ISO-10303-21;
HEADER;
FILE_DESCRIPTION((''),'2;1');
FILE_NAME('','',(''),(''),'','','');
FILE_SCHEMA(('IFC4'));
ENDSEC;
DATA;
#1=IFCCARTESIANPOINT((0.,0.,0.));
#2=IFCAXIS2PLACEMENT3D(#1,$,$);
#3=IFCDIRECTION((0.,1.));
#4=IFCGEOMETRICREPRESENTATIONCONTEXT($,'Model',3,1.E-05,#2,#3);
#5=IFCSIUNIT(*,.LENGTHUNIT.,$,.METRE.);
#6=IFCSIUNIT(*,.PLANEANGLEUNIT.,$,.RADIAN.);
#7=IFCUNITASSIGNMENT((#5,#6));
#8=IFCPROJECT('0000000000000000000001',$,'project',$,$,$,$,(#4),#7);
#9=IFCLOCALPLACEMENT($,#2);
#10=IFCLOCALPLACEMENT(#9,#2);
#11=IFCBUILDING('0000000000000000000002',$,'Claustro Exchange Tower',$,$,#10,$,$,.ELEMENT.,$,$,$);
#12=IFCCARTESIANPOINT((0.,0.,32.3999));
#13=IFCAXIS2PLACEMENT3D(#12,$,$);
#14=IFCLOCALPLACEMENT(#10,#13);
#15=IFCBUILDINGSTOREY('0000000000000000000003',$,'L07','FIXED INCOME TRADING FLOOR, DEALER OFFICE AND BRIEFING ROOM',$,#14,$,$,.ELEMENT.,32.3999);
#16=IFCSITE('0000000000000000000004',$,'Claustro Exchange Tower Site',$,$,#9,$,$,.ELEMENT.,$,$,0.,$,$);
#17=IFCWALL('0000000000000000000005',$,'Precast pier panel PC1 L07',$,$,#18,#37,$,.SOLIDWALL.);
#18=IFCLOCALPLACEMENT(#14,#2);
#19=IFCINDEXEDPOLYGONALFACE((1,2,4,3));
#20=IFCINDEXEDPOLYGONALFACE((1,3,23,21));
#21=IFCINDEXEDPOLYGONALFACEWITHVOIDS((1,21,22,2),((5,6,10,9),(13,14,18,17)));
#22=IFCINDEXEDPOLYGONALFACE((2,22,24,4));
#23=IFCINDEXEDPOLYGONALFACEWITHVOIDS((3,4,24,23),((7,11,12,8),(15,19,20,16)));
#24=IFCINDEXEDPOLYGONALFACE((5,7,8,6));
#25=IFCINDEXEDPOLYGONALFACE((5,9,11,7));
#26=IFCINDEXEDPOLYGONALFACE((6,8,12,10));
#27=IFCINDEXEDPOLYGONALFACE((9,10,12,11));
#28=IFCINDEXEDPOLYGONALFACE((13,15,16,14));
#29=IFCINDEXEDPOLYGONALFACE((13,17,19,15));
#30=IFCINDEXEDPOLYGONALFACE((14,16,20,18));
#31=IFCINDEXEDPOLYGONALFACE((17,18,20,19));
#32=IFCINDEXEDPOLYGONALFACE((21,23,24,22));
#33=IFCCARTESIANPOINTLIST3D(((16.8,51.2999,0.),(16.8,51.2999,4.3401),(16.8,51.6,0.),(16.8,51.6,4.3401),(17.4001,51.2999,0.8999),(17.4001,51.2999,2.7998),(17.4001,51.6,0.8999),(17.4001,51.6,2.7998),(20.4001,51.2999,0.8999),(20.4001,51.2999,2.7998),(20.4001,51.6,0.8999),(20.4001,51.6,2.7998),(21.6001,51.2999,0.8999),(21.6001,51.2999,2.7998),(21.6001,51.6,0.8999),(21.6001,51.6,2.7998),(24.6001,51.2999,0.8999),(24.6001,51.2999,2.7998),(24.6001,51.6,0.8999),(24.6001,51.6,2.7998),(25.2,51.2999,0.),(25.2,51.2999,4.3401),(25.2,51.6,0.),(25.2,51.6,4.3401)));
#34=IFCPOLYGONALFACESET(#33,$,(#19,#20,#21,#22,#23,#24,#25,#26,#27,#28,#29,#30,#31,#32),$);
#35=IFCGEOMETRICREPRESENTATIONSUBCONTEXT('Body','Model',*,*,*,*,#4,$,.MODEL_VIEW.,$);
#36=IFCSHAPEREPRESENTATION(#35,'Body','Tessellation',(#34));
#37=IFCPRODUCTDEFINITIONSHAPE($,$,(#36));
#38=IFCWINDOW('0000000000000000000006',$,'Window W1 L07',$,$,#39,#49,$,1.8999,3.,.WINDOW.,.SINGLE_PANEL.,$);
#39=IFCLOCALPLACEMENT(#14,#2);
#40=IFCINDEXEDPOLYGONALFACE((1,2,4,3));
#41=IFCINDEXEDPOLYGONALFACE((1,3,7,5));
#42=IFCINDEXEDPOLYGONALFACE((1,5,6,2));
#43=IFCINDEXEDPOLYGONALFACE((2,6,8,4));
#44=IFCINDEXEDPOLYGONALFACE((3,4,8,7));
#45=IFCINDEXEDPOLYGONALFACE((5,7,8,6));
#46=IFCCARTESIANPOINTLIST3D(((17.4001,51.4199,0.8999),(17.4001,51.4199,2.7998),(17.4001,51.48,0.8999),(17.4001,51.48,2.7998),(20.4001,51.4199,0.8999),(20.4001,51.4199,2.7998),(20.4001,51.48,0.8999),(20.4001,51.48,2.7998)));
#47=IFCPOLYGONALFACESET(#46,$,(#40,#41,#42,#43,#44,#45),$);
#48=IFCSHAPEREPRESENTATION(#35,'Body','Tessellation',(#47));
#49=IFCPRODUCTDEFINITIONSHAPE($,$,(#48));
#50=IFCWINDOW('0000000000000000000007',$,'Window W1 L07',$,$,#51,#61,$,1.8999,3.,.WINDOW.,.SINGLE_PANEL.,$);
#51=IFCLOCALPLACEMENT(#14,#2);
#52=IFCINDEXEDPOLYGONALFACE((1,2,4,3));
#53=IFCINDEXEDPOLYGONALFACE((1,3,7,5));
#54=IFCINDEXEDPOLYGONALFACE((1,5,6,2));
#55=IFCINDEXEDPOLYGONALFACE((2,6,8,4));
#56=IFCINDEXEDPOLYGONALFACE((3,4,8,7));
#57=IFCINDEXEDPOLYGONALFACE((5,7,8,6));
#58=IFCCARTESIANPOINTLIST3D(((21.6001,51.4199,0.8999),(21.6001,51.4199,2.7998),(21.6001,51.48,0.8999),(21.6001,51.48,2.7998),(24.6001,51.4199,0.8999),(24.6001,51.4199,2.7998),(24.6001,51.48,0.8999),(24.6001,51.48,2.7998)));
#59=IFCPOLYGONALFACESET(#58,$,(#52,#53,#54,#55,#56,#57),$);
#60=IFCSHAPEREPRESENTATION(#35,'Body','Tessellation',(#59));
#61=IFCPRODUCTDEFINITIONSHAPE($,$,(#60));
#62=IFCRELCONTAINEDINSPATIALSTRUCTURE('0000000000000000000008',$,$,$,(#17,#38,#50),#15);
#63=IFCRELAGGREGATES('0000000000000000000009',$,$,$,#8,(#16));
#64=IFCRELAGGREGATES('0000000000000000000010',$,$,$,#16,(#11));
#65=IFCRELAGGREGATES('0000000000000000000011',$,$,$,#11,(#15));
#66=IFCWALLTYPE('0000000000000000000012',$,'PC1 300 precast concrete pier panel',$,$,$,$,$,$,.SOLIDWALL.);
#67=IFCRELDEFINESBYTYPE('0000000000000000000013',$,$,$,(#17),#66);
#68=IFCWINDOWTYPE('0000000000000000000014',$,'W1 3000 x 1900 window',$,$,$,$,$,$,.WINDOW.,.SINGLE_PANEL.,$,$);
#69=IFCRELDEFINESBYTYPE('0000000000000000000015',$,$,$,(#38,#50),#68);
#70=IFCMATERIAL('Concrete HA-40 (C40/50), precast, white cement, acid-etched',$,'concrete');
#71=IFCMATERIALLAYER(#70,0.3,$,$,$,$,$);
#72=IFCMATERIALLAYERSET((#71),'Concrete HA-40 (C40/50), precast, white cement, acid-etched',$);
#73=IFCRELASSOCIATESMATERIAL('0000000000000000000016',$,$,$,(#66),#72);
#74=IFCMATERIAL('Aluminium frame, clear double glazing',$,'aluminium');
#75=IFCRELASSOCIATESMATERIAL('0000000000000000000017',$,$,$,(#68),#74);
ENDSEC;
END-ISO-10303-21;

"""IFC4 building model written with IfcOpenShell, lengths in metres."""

from ifc_helpers import new_model, si_unit, direction, frame, frame_2d, origin, place, context, subcontext, project, spatial, rectangle, extrude, material, layer, layer_set, type_object, element, fill, save


model = new_model("IFC4")

# Units and contexts
model_context = context("Model", 3, precision=1e-05, world=origin(), true_north=direction((0.0, 1.0)))
body_context = subcontext(model_context, "Body", "Model", "MODEL_VIEW")
ifc_project = project(units=[si_unit("LENGTHUNIT", "METRE"), si_unit("PLANEANGLEUNIT", "RADIAN")], contexts=[model_context])

# Site, building, storey
site_placement = place(None, origin())
site = spatial("IfcSite", under=ifc_project, at=site_placement, Name="Claustro Exchange Tower Site", CompositionType="ELEMENT", RefElevation=0.0)
building_placement = place(site_placement, origin())
building = spatial("IfcBuilding", under=site, at=building_placement, Name="Claustro Exchange Tower", CompositionType="ELEMENT")
storey_placement = place(building_placement, frame((0.0, 0.0, 32.3999)))
storey = spatial("IfcBuildingStorey", under=building, at=storey_placement, Name="L07", Description="FIXED INCOME TRADING FLOOR, DEALER OFFICE AND BRIEFING ROOM", CompositionType="ELEMENT", Elevation=32.3999)

# Wall, openings, windows
ifc_material_1 = material(Name="Concrete HA-40 (C40/50), precast, white cement, acid-etched", Category="concrete")
ifc_layer_1 = layer(ifc_material_1, 0.3)
ifc_layer_set_1 = layer_set([ifc_layer_1], Name="Concrete HA-40 (C40/50), precast, white cement, acid-etched")
wall_type_1 = type_object("IfcWallType", Name="PC1 300 precast concrete pier panel", PredefinedType="SOLIDWALL", material=ifc_layer_set_1)
ifc_material_2 = material(Name="Aluminium frame, clear double glazing", Category="aluminium")
window_type = type_object("IfcWindowType", Name="W1 3000 x 1900 window", PartitioningType="SINGLE_PANEL", PredefinedType="WINDOW", material=ifc_material_2)
wall_1_placement = place(storey_placement, frame((16.8, 51.45, 0.0), z_axis=(0.0, 0.0, 1.0), x_axis=(1.0, 0.0, 0.0)))
wall_1 = element("IfcWall", 1, at=wall_1_placement, inside=storey, type_object=wall_type_1, Name="Precast pier panel PC1 L07", PredefinedType="SOLIDWALL", context=body_context, shape_type="SweptSolid", body=[
    extrude(rectangle(XDim=8.3999, YDim=0.3, at=frame_2d((4.2, 0.0))), origin(), (0.0, 0.0, 1.0), 4.3401),
])
opening_1_placement = place(wall_1_placement, frame((0.6001, 0.0, 0.8999)))
opening_1 = element("IfcOpeningElement", 2, at=opening_1_placement, cuts=wall_1, PredefinedType="OPENING", context=body_context, shape_type="SweptSolid", body=[
    extrude(rectangle(XDim=3.0, YDim=1.8999, at=frame_2d((1.5, 0.95))), frame((0.0, 0.1599, 0.0), z_axis=(0.0, -1.0, 0.0), x_axis=(1.0, 0.0, 0.0)), (0.0, 0.0, 1.0), 0.3201),
])
opening_2_placement = place(wall_1_placement, frame((4.8, 0.0, 0.8999)))
opening_2 = element("IfcOpeningElement", 3, at=opening_2_placement, cuts=wall_1, PredefinedType="OPENING", context=body_context, shape_type="SweptSolid", body=[
    extrude(rectangle(XDim=3.0, YDim=1.8999, at=frame_2d((1.5, 0.95))), frame((0.0, 0.1599, 0.0), z_axis=(0.0, -1.0, 0.0), x_axis=(1.0, 0.0, 0.0)), (0.0, 0.0, 1.0), 0.3201),
])
window_1_placement = place(opening_1_placement, origin())
window_1 = element("IfcWindow", 4, at=window_1_placement, inside=storey, type_object=window_type, Name="Window W1 L07", OverallHeight=1.8999, OverallWidth=3.0, PartitioningType="SINGLE_PANEL", PredefinedType="WINDOW", context=body_context, shape_type="SweptSolid", body=[
    extrude(rectangle(XDim=3.0, YDim=1.8999, at=frame_2d((1.5, 0.95))), frame((0.0, 0.03, 0.0), z_axis=(0.0, -1.0, 0.0), x_axis=(1.0, 0.0, 0.0)), (0.0, 0.0, 1.0), 0.0601),
])
fill(opening_1, window_1)
window_2_placement = place(opening_2_placement, origin())
window_2 = element("IfcWindow", 5, at=window_2_placement, inside=storey, type_object=window_type, Name="Window W1 L07", OverallHeight=1.8999, OverallWidth=3.0, PartitioningType="SINGLE_PANEL", PredefinedType="WINDOW", context=body_context, shape_type="SweptSolid", body=[
    extrude(rectangle(XDim=3.0, YDim=1.8999, at=frame_2d((1.5, 0.95))), frame((0.0, 0.03, 0.0), z_axis=(0.0, -1.0, 0.0), x_axis=(1.0, 0.0, 0.0)), (0.0, 0.0, 1.0), 0.0601),
])
fill(opening_2, window_2)

save(model, "model.ifc")
